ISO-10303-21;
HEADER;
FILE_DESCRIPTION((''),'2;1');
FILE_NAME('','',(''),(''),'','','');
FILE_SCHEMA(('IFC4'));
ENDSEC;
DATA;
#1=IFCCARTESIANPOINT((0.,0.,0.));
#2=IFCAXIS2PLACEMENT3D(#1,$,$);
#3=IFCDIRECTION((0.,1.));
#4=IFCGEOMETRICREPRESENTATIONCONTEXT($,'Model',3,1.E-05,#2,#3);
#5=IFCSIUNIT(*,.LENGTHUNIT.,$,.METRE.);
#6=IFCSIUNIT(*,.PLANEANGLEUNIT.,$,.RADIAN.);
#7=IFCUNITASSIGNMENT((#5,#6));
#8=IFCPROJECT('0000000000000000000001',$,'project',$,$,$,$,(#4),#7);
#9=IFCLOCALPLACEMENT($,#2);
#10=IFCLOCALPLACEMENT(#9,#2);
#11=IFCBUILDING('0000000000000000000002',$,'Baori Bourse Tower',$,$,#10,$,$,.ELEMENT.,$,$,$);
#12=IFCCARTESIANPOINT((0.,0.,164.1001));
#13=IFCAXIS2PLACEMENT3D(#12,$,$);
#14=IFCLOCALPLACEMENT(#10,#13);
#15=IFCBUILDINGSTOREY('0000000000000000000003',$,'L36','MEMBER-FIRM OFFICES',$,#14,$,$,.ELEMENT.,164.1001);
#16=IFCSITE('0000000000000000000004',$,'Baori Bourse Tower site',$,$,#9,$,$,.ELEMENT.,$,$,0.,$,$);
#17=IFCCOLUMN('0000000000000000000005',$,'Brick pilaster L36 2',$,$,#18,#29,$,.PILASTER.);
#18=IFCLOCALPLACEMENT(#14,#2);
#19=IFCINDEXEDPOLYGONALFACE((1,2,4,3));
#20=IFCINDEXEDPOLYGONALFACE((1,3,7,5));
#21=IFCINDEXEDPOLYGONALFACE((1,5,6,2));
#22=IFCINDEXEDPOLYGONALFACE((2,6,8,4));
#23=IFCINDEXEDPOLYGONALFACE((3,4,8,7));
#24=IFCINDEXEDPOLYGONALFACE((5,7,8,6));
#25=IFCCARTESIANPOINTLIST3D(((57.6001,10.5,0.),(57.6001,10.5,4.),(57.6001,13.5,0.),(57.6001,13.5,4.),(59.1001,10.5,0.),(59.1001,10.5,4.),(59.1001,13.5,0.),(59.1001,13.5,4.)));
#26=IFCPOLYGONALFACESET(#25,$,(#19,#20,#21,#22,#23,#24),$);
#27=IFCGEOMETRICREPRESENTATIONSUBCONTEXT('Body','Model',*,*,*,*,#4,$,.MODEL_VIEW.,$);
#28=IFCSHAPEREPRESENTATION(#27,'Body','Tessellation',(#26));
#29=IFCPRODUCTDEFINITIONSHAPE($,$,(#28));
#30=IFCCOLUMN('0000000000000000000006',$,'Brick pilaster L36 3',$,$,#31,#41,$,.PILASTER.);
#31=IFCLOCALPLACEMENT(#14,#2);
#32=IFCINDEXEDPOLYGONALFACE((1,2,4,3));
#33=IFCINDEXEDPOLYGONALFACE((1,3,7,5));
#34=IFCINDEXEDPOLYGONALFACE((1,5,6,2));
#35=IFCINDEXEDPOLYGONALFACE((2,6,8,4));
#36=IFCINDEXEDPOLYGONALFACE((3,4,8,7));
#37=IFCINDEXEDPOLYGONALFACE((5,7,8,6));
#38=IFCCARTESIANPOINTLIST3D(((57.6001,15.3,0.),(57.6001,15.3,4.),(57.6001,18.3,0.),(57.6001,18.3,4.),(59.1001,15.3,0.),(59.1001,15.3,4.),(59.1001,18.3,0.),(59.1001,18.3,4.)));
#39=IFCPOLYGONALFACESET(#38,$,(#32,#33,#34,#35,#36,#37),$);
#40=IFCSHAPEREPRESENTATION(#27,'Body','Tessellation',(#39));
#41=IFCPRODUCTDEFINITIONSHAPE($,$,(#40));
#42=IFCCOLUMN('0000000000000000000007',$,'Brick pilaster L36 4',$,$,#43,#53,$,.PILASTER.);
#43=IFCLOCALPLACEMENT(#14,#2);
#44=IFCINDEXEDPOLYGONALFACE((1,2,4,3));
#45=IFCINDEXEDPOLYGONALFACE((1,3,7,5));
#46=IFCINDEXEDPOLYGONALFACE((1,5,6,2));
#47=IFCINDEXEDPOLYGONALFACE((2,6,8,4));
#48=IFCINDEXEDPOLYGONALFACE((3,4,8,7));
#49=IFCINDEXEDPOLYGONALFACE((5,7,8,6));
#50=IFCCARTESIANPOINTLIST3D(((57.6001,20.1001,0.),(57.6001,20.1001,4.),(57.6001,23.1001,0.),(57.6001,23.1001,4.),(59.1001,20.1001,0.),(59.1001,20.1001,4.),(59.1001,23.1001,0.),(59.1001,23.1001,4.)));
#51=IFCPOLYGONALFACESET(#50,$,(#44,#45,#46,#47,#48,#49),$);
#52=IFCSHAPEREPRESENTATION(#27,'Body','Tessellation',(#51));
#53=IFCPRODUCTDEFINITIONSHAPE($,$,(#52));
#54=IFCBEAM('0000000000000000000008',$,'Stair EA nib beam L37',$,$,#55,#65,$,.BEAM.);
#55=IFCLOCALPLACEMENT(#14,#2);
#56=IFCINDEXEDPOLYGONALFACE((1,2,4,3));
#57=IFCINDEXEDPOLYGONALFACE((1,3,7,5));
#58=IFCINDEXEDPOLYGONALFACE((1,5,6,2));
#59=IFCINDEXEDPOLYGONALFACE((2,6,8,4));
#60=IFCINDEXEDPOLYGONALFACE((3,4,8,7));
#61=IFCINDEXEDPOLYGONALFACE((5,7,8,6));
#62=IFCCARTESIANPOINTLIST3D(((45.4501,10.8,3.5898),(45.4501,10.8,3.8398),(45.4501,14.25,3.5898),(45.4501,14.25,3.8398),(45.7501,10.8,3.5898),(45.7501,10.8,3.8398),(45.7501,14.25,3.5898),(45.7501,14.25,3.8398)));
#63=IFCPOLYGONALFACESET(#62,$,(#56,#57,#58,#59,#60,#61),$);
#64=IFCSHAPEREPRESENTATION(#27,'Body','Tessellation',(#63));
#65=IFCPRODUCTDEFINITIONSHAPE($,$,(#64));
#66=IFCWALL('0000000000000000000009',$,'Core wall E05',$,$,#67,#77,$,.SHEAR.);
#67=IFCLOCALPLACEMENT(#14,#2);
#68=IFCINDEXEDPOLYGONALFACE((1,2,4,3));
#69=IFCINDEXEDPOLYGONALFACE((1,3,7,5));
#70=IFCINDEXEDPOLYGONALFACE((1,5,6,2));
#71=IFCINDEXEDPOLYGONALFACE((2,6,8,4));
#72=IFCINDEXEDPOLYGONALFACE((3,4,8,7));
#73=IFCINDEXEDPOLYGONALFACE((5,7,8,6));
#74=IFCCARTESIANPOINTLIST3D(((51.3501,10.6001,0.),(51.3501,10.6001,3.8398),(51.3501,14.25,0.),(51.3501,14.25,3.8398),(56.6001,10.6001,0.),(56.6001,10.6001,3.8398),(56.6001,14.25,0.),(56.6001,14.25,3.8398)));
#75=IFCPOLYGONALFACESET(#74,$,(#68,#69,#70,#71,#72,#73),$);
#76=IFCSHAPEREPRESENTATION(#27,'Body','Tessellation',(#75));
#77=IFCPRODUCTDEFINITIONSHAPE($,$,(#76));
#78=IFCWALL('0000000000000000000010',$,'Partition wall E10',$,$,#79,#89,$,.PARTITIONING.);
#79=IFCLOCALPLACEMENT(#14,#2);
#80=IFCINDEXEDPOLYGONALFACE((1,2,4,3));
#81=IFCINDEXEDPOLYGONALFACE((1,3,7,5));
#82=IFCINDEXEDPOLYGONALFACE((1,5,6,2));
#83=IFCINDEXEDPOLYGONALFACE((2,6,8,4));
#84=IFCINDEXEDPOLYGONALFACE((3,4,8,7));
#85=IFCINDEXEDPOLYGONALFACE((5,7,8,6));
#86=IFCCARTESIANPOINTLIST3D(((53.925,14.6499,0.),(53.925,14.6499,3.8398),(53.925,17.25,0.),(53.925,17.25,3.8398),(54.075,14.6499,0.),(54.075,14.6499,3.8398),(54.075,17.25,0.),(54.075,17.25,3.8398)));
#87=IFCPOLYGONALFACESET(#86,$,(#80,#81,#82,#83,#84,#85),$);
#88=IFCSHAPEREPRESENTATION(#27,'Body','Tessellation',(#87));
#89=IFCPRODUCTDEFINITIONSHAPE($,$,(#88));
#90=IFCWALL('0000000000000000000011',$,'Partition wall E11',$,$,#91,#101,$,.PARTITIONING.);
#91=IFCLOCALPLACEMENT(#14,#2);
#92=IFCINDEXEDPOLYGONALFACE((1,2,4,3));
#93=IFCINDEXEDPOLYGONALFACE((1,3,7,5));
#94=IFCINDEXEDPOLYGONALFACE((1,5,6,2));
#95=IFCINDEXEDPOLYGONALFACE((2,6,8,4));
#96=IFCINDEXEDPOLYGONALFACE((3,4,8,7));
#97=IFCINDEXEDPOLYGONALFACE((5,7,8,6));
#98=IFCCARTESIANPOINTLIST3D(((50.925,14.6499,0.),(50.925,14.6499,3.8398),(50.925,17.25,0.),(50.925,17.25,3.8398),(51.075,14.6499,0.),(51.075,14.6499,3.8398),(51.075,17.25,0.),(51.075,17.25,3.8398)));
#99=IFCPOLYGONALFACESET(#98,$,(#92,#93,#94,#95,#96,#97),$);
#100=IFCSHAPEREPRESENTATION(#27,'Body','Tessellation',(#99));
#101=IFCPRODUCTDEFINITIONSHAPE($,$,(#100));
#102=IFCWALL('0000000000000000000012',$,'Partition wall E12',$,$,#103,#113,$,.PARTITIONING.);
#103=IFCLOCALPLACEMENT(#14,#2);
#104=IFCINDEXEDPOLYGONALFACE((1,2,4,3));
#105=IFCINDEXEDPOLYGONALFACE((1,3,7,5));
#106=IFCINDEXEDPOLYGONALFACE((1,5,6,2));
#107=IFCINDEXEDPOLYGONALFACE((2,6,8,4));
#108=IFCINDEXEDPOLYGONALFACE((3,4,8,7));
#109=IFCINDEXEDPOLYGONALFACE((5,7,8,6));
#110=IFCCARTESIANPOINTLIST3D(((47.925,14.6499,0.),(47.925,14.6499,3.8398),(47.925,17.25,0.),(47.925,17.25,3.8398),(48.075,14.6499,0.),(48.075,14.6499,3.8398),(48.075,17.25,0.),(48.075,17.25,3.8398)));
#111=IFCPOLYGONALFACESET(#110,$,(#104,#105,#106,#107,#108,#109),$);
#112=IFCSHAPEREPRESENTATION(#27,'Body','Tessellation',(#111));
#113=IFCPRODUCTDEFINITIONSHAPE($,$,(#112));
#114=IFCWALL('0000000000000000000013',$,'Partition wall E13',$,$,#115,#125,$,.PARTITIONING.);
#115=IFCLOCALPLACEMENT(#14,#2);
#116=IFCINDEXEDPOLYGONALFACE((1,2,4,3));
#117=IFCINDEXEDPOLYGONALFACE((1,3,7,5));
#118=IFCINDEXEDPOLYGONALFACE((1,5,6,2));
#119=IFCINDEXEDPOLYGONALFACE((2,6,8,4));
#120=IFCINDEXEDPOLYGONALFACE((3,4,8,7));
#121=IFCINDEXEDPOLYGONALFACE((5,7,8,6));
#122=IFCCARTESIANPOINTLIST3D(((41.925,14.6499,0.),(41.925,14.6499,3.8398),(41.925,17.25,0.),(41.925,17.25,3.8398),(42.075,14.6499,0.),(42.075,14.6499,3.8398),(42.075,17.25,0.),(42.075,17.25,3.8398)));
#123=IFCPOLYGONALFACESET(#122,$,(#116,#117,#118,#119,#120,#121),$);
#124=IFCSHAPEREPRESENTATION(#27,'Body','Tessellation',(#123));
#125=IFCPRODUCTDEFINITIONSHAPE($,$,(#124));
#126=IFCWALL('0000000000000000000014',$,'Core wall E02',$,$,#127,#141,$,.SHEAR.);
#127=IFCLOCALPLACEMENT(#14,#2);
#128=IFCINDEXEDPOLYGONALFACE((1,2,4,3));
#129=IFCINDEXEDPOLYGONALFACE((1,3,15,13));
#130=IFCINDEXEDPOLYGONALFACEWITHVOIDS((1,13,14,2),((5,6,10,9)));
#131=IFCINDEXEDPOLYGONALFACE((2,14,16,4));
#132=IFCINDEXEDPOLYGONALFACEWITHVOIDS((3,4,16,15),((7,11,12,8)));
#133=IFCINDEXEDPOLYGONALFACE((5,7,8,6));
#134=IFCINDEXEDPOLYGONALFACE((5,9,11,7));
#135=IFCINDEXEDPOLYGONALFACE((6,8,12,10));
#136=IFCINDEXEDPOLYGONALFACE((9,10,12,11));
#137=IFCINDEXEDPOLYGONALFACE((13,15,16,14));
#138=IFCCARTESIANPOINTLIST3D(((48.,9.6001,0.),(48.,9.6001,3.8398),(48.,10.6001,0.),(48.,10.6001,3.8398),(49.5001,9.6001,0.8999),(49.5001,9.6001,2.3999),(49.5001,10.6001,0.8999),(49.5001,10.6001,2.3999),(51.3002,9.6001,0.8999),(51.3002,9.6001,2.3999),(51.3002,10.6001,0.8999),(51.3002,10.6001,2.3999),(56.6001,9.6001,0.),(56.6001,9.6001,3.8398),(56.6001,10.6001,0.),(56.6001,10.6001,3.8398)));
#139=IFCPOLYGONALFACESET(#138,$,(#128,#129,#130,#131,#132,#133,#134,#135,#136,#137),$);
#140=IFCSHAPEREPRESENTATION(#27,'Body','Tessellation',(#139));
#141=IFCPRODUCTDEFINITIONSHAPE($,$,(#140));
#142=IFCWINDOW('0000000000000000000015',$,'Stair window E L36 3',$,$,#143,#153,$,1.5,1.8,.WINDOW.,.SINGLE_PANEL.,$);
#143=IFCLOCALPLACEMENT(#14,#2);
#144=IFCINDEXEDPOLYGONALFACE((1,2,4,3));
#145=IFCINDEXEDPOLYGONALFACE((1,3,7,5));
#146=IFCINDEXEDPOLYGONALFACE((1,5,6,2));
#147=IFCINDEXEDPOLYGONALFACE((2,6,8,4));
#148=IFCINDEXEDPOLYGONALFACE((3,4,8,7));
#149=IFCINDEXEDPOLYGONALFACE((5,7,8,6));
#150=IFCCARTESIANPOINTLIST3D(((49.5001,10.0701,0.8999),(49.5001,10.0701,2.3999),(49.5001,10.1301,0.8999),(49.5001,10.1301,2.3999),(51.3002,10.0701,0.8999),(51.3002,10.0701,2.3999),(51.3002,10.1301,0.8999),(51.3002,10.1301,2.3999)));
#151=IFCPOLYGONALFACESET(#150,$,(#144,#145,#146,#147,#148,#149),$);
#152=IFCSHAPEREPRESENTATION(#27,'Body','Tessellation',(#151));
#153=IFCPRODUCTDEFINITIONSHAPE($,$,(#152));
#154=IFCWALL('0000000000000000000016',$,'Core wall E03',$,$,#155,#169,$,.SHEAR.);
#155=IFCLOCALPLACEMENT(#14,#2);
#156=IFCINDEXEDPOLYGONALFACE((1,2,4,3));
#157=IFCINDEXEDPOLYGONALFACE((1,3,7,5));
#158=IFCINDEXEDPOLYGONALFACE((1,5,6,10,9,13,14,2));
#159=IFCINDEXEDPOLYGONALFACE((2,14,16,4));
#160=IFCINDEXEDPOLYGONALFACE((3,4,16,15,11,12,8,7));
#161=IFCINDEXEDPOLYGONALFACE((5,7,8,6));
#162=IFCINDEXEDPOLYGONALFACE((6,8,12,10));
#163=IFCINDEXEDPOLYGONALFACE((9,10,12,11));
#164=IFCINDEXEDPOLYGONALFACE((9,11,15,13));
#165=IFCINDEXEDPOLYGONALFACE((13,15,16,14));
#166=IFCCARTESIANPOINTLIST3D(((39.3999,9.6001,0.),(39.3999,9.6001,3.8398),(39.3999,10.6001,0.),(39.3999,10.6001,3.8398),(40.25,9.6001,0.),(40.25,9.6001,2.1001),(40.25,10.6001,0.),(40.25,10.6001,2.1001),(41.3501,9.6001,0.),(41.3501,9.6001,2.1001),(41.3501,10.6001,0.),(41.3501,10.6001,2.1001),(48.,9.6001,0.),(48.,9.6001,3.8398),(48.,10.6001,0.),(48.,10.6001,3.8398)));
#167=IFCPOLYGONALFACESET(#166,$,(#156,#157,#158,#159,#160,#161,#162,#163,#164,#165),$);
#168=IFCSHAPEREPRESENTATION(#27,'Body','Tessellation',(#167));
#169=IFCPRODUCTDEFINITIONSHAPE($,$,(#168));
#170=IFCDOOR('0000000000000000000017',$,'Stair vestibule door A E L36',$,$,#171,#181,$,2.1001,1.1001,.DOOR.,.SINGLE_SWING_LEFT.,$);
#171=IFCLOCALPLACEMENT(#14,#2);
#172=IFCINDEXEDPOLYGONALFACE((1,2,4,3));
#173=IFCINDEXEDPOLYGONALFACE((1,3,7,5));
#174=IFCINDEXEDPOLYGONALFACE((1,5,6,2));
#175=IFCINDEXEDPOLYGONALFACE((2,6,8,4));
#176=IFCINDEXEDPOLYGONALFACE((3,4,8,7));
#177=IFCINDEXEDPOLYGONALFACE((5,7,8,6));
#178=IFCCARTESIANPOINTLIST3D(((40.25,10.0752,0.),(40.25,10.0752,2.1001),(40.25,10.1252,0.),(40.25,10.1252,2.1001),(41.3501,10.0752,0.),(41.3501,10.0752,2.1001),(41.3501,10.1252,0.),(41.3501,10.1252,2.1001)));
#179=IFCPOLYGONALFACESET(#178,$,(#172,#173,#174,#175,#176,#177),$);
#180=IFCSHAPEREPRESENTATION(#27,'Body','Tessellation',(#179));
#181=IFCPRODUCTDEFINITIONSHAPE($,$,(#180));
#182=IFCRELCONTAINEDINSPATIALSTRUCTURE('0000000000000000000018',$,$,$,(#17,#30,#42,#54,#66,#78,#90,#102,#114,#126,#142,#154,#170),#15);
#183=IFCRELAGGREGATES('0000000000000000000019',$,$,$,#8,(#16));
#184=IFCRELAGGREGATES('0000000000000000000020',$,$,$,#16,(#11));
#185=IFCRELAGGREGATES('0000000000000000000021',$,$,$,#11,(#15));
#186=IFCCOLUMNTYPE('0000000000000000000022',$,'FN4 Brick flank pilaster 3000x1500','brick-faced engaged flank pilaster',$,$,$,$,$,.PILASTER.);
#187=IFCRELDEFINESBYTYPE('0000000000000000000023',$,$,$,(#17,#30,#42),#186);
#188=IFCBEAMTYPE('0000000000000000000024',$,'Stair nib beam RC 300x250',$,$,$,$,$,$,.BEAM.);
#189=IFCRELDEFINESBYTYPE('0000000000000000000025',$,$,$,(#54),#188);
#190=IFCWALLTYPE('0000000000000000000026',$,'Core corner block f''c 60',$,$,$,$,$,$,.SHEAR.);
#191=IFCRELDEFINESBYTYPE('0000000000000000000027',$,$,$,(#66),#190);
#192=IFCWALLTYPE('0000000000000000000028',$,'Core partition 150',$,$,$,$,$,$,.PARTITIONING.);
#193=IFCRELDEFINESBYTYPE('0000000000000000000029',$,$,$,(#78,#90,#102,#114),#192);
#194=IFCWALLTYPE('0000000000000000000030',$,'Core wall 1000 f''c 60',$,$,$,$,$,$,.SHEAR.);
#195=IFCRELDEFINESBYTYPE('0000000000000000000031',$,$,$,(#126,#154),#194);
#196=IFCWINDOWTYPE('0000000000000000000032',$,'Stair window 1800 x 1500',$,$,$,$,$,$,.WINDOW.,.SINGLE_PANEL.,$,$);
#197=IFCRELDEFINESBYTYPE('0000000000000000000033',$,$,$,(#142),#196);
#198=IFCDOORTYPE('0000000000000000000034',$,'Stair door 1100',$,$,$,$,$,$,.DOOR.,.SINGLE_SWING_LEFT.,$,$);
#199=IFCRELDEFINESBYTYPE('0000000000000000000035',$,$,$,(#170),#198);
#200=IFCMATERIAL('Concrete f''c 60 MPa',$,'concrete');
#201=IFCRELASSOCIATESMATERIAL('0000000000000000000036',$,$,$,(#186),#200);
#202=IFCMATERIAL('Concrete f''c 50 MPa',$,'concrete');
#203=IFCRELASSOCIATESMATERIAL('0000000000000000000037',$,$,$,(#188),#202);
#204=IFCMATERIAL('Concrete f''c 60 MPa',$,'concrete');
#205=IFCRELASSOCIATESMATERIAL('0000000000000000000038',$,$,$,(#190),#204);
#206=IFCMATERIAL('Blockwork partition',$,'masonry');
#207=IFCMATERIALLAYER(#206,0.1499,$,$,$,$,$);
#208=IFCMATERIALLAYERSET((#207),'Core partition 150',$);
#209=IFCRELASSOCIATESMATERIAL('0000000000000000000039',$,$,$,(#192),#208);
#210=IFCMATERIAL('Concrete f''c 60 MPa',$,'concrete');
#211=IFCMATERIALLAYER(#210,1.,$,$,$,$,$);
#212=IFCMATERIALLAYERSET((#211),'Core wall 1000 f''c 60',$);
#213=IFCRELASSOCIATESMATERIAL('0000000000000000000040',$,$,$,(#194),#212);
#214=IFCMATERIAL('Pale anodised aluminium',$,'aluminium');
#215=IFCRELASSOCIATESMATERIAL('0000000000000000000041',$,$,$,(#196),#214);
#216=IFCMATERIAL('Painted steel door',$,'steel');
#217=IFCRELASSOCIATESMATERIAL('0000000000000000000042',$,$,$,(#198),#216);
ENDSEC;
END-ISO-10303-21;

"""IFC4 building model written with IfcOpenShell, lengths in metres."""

from ifc_helpers import new_model, si_unit, direction, frame, frame_2d, origin, origin_2d, place, context, subcontext, project, spatial, rectangle, extrude, material, layer, layer_set, material_profile, profile_set, type_object, element, fill, save


model = new_model("IFC4")

# Units and contexts
model_context = context("Model", 3, precision=1e-05, world=origin(), true_north=direction((0.0, 1.0)))
body_context = subcontext(model_context, "Body", "Model", "MODEL_VIEW")
ifc_project = project(units=[si_unit("LENGTHUNIT", "METRE"), si_unit("PLANEANGLEUNIT", "RADIAN")], contexts=[model_context])

# Site, building, storey
site_placement = place(None, origin())
site = spatial("IfcSite", under=ifc_project, at=site_placement, Name="Baori Bourse Tower site", CompositionType="ELEMENT", RefElevation=0.0)
building_placement = place(site_placement, origin())
building = spatial("IfcBuilding", under=site, at=building_placement, Name="Baori Bourse Tower", CompositionType="ELEMENT")
storey_placement = place(building_placement, frame((0.0, 0.0, 164.1001)))
storey = spatial("IfcBuildingStorey", under=building, at=storey_placement, Name="L36", Description="MEMBER-FIRM OFFICES", CompositionType="ELEMENT", Elevation=164.1001)

# Columns
ifc_material_1 = material(Name="Concrete f'c 60 MPa", Category="concrete")
ifc_material_profile_1 = material_profile(ifc_material_1, rectangle(XDim=3.0, YDim=1.5, at=origin_2d()), Name="RC 3000x1500")
ifc_profile_set_1 = profile_set([ifc_material_profile_1], Name="Concrete f'c 60 MPa")
column_type = type_object("IfcColumnType", Name="FN4 Brick flank pilaster 3000x1500", Description="brick-faced engaged flank pilaster", PredefinedType="PILASTER", material=ifc_profile_set_1)
for number, where, z_axis, x_axis, name in (
    (1, (58.3501, 12.0, 0.0), (0.0, 0.0, 1.0), (0.0, 1.0, 0.0), "Brick pilaster L36 2"),
    (2, (58.3501, 16.8, 0.0), (0.0, 0.0, 1.0), (0.0, 1.0, 0.0), "Brick pilaster L36 3"),
    (3, (58.3501, 21.6001, 0.0), (0.0, 0.0, 1.0), (0.0, 1.0, 0.0), "Brick pilaster L36 4"),
):
    element("IfcColumn", number, at=place(storey_placement, frame(where, z_axis=z_axis, x_axis=x_axis)), inside=storey, type_object=column_type, Name=name, PredefinedType="PILASTER", context=body_context, shape_type="SweptSolid", body=[
        extrude(rectangle(XDim=3.0, YDim=1.5, at=origin_2d()), origin(), (0.0, 0.0, 1.0), 4.0),
    ])

# Beam
ifc_material_2 = material(Name="Concrete f'c 50 MPa", Category="concrete")
ifc_material_profile_2 = material_profile(ifc_material_2, rectangle(XDim=0.3, YDim=0.25, at=origin_2d()), Name="RC 300x250")
ifc_profile_set_2 = profile_set([ifc_material_profile_2], Name="Concrete f'c 50 MPa")
beam_type = type_object("IfcBeamType", Name="Stair nib beam RC 300x250", PredefinedType="BEAM", material=ifc_profile_set_2)
beam_placement = place(storey_placement, frame((45.6001, 10.8, 3.7148), z_axis=(0.0, 1.0, 0.0), x_axis=(-1.0, 0.0, 0.0)))
element("IfcBeam", 4, at=beam_placement, inside=storey, type_object=beam_type, Name="Stair EA nib beam L37", PredefinedType="BEAM", context=body_context, shape_type="SweptSolid", body=[
    extrude(rectangle(XDim=0.3, YDim=0.25, at=origin_2d()), origin(), (0.0, 0.0, 1.0), 3.45),
])

# Walls
ifc_material_3 = material(Name="Concrete f'c 60 MPa", Category="concrete")
wall_type_1 = type_object("IfcWallType", Name="Core corner block f'c 60", PredefinedType="SHEAR", material=ifc_material_3)
wall_1_placement = place(storey_placement, frame((51.3501, 12.425, 0.0), z_axis=(0.0, 0.0, 1.0), x_axis=(1.0, 0.0, 0.0)))
element("IfcWall", 5, at=wall_1_placement, inside=storey, type_object=wall_type_1, Name="Core wall E05", PredefinedType="SHEAR", context=body_context, shape_type="SweptSolid", body=[
    extrude(rectangle(XDim=5.25, YDim=3.6499, at=frame_2d((2.625, 0.0))), origin(), (0.0, 0.0, 1.0), 3.8398),
])
ifc_material_4 = material(Name="Blockwork partition", Category="masonry")
ifc_layer_1 = layer(ifc_material_4, 0.1499)
ifc_layer_set_1 = layer_set([ifc_layer_1], Name="Core partition 150")
wall_type_2 = type_object("IfcWallType", Name="Core partition 150", PredefinedType="PARTITIONING", material=ifc_layer_set_1)
for number, where, z_axis, x_axis, name in (
    (6, (54.0, 14.6499, 0.0), (0.0, 0.0, 1.0), (0.0, 1.0, 0.0), "Partition wall E10"),
    (7, (51.0, 14.6499, 0.0), (0.0, 0.0, 1.0), (0.0, 1.0, 0.0), "Partition wall E11"),
    (8, (48.0, 14.6499, 0.0), (0.0, 0.0, 1.0), (0.0, 1.0, 0.0), "Partition wall E12"),
    (9, (42.0, 14.6499, 0.0), (0.0, 0.0, 1.0), (0.0, 1.0, 0.0), "Partition wall E13"),
):
    element("IfcWall", number, at=place(storey_placement, frame(where, z_axis=z_axis, x_axis=x_axis)), inside=storey, type_object=wall_type_2, Name=name, PredefinedType="PARTITIONING", context=body_context, shape_type="SweptSolid", body=[
        extrude(rectangle(XDim=2.6001, YDim=0.1499, at=frame_2d((1.3, 0.0))), origin(), (0.0, 0.0, 1.0), 3.8398),
    ])

# Wall, opening, window
ifc_material_5 = material(Name="Concrete f'c 60 MPa", Category="concrete")
ifc_layer_2 = layer(ifc_material_5, 1.0)
ifc_layer_set_2 = layer_set([ifc_layer_2], Name="Core wall 1000 f'c 60")
wall_type_3 = type_object("IfcWallType", Name="Core wall 1000 f'c 60", PredefinedType="SHEAR", material=ifc_layer_set_2)
wall_2_placement = place(storey_placement, frame((56.6001, 10.1001, 0.0), z_axis=(0.0, 0.0, 1.0), x_axis=(-1.0, 0.0, 0.0)))
wall_2 = element("IfcWall", 10, at=wall_2_placement, inside=storey, type_object=wall_type_3, Name="Core wall E02", PredefinedType="SHEAR", context=body_context, shape_type="SweptSolid", body=[
    extrude(rectangle(XDim=8.6001, YDim=1.0, at=frame_2d((4.3, 0.0))), origin(), (0.0, 0.0, 1.0), 3.8398),
])
opening_1_placement = place(wall_2_placement, frame((5.3, 0.0, 0.8999)))
opening_1 = element("IfcOpeningElement", 11, at=opening_1_placement, cuts=wall_2, PredefinedType="OPENING", context=body_context, shape_type="SweptSolid", body=[
    extrude(rectangle(XDim=1.8, YDim=1.5, at=frame_2d((0.8999, 0.75))), frame((0.0, 0.51, 0.0), z_axis=(0.0, -1.0, 0.0), x_axis=(1.0, 0.0, 0.0)), (0.0, 0.0, 1.0), 1.02),
])
ifc_material_6 = material(Name="Pale anodised aluminium", Category="aluminium")
window_type = type_object("IfcWindowType", Name="Stair window 1800 x 1500", PartitioningType="SINGLE_PANEL", PredefinedType="WINDOW", material=ifc_material_6)
window_placement = place(opening_1_placement, origin())
window = element("IfcWindow", 12, at=window_placement, inside=storey, type_object=window_type, Name="Stair window E L36 3", OverallHeight=1.5, OverallWidth=1.8, PartitioningType="SINGLE_PANEL", PredefinedType="WINDOW", context=body_context, shape_type="SweptSolid", body=[
    extrude(rectangle(XDim=1.8, YDim=1.5, at=frame_2d((0.8999, 0.75))), frame((0.0, 0.03, 0.0), z_axis=(0.0, -1.0, 0.0), x_axis=(1.0, 0.0, 0.0)), (0.0, 0.0, 1.0), 0.0601),
])
fill(opening_1, window)

# Wall, opening, door
wall_3_placement = place(storey_placement, frame((48.0, 10.1001, 0.0), z_axis=(0.0, 0.0, 1.0), x_axis=(-1.0, 0.0, 0.0)))
wall_3 = element("IfcWall", 13, at=wall_3_placement, inside=storey, type_object=wall_type_3, Name="Core wall E03", PredefinedType="SHEAR", context=body_context, shape_type="SweptSolid", body=[
    extrude(rectangle(XDim=8.6001, YDim=1.0, at=frame_2d((4.3, 0.0))), origin(), (0.0, 0.0, 1.0), 3.8398),
])
opening_2_placement = place(wall_3_placement, frame((6.6499, 0.0, 0.0)))
opening_2 = element("IfcOpeningElement", 14, at=opening_2_placement, cuts=wall_3, PredefinedType="OPENING", context=body_context, shape_type="SweptSolid", body=[
    extrude(rectangle(XDim=1.1001, YDim=2.1001, at=frame_2d((0.55, 1.05))), frame((0.0, 0.51, 0.0), z_axis=(0.0, -1.0, 0.0), x_axis=(1.0, 0.0, 0.0)), (0.0, 0.0, 1.0), 1.02),
])
ifc_material_7 = material(Name="Painted steel door", Category="steel")
door_type_1 = type_object("IfcDoorType", Name="Stair door 1100", OperationType="SINGLE_SWING_LEFT", PredefinedType="DOOR", material=ifc_material_7)
door_1_placement = place(opening_2_placement, origin())
door_1 = element("IfcDoor", 15, at=door_1_placement, inside=storey, type_object=door_type_1, Name="Stair vestibule door A E L36", OperationType="SINGLE_SWING_LEFT", OverallHeight=2.1001, OverallWidth=1.1001, PredefinedType="DOOR", context=body_context, shape_type="SweptSolid", body=[
    extrude(rectangle(XDim=1.1001, YDim=2.1001, at=frame_2d((0.55, 1.05))), frame((0.0, 0.0249, 0.0), z_axis=(0.0, -1.0, 0.0), x_axis=(1.0, 0.0, 0.0)), (0.0, 0.0, 1.0), 0.05),
])
fill(opening_2, door_1)

save(model, "model.ifc")
